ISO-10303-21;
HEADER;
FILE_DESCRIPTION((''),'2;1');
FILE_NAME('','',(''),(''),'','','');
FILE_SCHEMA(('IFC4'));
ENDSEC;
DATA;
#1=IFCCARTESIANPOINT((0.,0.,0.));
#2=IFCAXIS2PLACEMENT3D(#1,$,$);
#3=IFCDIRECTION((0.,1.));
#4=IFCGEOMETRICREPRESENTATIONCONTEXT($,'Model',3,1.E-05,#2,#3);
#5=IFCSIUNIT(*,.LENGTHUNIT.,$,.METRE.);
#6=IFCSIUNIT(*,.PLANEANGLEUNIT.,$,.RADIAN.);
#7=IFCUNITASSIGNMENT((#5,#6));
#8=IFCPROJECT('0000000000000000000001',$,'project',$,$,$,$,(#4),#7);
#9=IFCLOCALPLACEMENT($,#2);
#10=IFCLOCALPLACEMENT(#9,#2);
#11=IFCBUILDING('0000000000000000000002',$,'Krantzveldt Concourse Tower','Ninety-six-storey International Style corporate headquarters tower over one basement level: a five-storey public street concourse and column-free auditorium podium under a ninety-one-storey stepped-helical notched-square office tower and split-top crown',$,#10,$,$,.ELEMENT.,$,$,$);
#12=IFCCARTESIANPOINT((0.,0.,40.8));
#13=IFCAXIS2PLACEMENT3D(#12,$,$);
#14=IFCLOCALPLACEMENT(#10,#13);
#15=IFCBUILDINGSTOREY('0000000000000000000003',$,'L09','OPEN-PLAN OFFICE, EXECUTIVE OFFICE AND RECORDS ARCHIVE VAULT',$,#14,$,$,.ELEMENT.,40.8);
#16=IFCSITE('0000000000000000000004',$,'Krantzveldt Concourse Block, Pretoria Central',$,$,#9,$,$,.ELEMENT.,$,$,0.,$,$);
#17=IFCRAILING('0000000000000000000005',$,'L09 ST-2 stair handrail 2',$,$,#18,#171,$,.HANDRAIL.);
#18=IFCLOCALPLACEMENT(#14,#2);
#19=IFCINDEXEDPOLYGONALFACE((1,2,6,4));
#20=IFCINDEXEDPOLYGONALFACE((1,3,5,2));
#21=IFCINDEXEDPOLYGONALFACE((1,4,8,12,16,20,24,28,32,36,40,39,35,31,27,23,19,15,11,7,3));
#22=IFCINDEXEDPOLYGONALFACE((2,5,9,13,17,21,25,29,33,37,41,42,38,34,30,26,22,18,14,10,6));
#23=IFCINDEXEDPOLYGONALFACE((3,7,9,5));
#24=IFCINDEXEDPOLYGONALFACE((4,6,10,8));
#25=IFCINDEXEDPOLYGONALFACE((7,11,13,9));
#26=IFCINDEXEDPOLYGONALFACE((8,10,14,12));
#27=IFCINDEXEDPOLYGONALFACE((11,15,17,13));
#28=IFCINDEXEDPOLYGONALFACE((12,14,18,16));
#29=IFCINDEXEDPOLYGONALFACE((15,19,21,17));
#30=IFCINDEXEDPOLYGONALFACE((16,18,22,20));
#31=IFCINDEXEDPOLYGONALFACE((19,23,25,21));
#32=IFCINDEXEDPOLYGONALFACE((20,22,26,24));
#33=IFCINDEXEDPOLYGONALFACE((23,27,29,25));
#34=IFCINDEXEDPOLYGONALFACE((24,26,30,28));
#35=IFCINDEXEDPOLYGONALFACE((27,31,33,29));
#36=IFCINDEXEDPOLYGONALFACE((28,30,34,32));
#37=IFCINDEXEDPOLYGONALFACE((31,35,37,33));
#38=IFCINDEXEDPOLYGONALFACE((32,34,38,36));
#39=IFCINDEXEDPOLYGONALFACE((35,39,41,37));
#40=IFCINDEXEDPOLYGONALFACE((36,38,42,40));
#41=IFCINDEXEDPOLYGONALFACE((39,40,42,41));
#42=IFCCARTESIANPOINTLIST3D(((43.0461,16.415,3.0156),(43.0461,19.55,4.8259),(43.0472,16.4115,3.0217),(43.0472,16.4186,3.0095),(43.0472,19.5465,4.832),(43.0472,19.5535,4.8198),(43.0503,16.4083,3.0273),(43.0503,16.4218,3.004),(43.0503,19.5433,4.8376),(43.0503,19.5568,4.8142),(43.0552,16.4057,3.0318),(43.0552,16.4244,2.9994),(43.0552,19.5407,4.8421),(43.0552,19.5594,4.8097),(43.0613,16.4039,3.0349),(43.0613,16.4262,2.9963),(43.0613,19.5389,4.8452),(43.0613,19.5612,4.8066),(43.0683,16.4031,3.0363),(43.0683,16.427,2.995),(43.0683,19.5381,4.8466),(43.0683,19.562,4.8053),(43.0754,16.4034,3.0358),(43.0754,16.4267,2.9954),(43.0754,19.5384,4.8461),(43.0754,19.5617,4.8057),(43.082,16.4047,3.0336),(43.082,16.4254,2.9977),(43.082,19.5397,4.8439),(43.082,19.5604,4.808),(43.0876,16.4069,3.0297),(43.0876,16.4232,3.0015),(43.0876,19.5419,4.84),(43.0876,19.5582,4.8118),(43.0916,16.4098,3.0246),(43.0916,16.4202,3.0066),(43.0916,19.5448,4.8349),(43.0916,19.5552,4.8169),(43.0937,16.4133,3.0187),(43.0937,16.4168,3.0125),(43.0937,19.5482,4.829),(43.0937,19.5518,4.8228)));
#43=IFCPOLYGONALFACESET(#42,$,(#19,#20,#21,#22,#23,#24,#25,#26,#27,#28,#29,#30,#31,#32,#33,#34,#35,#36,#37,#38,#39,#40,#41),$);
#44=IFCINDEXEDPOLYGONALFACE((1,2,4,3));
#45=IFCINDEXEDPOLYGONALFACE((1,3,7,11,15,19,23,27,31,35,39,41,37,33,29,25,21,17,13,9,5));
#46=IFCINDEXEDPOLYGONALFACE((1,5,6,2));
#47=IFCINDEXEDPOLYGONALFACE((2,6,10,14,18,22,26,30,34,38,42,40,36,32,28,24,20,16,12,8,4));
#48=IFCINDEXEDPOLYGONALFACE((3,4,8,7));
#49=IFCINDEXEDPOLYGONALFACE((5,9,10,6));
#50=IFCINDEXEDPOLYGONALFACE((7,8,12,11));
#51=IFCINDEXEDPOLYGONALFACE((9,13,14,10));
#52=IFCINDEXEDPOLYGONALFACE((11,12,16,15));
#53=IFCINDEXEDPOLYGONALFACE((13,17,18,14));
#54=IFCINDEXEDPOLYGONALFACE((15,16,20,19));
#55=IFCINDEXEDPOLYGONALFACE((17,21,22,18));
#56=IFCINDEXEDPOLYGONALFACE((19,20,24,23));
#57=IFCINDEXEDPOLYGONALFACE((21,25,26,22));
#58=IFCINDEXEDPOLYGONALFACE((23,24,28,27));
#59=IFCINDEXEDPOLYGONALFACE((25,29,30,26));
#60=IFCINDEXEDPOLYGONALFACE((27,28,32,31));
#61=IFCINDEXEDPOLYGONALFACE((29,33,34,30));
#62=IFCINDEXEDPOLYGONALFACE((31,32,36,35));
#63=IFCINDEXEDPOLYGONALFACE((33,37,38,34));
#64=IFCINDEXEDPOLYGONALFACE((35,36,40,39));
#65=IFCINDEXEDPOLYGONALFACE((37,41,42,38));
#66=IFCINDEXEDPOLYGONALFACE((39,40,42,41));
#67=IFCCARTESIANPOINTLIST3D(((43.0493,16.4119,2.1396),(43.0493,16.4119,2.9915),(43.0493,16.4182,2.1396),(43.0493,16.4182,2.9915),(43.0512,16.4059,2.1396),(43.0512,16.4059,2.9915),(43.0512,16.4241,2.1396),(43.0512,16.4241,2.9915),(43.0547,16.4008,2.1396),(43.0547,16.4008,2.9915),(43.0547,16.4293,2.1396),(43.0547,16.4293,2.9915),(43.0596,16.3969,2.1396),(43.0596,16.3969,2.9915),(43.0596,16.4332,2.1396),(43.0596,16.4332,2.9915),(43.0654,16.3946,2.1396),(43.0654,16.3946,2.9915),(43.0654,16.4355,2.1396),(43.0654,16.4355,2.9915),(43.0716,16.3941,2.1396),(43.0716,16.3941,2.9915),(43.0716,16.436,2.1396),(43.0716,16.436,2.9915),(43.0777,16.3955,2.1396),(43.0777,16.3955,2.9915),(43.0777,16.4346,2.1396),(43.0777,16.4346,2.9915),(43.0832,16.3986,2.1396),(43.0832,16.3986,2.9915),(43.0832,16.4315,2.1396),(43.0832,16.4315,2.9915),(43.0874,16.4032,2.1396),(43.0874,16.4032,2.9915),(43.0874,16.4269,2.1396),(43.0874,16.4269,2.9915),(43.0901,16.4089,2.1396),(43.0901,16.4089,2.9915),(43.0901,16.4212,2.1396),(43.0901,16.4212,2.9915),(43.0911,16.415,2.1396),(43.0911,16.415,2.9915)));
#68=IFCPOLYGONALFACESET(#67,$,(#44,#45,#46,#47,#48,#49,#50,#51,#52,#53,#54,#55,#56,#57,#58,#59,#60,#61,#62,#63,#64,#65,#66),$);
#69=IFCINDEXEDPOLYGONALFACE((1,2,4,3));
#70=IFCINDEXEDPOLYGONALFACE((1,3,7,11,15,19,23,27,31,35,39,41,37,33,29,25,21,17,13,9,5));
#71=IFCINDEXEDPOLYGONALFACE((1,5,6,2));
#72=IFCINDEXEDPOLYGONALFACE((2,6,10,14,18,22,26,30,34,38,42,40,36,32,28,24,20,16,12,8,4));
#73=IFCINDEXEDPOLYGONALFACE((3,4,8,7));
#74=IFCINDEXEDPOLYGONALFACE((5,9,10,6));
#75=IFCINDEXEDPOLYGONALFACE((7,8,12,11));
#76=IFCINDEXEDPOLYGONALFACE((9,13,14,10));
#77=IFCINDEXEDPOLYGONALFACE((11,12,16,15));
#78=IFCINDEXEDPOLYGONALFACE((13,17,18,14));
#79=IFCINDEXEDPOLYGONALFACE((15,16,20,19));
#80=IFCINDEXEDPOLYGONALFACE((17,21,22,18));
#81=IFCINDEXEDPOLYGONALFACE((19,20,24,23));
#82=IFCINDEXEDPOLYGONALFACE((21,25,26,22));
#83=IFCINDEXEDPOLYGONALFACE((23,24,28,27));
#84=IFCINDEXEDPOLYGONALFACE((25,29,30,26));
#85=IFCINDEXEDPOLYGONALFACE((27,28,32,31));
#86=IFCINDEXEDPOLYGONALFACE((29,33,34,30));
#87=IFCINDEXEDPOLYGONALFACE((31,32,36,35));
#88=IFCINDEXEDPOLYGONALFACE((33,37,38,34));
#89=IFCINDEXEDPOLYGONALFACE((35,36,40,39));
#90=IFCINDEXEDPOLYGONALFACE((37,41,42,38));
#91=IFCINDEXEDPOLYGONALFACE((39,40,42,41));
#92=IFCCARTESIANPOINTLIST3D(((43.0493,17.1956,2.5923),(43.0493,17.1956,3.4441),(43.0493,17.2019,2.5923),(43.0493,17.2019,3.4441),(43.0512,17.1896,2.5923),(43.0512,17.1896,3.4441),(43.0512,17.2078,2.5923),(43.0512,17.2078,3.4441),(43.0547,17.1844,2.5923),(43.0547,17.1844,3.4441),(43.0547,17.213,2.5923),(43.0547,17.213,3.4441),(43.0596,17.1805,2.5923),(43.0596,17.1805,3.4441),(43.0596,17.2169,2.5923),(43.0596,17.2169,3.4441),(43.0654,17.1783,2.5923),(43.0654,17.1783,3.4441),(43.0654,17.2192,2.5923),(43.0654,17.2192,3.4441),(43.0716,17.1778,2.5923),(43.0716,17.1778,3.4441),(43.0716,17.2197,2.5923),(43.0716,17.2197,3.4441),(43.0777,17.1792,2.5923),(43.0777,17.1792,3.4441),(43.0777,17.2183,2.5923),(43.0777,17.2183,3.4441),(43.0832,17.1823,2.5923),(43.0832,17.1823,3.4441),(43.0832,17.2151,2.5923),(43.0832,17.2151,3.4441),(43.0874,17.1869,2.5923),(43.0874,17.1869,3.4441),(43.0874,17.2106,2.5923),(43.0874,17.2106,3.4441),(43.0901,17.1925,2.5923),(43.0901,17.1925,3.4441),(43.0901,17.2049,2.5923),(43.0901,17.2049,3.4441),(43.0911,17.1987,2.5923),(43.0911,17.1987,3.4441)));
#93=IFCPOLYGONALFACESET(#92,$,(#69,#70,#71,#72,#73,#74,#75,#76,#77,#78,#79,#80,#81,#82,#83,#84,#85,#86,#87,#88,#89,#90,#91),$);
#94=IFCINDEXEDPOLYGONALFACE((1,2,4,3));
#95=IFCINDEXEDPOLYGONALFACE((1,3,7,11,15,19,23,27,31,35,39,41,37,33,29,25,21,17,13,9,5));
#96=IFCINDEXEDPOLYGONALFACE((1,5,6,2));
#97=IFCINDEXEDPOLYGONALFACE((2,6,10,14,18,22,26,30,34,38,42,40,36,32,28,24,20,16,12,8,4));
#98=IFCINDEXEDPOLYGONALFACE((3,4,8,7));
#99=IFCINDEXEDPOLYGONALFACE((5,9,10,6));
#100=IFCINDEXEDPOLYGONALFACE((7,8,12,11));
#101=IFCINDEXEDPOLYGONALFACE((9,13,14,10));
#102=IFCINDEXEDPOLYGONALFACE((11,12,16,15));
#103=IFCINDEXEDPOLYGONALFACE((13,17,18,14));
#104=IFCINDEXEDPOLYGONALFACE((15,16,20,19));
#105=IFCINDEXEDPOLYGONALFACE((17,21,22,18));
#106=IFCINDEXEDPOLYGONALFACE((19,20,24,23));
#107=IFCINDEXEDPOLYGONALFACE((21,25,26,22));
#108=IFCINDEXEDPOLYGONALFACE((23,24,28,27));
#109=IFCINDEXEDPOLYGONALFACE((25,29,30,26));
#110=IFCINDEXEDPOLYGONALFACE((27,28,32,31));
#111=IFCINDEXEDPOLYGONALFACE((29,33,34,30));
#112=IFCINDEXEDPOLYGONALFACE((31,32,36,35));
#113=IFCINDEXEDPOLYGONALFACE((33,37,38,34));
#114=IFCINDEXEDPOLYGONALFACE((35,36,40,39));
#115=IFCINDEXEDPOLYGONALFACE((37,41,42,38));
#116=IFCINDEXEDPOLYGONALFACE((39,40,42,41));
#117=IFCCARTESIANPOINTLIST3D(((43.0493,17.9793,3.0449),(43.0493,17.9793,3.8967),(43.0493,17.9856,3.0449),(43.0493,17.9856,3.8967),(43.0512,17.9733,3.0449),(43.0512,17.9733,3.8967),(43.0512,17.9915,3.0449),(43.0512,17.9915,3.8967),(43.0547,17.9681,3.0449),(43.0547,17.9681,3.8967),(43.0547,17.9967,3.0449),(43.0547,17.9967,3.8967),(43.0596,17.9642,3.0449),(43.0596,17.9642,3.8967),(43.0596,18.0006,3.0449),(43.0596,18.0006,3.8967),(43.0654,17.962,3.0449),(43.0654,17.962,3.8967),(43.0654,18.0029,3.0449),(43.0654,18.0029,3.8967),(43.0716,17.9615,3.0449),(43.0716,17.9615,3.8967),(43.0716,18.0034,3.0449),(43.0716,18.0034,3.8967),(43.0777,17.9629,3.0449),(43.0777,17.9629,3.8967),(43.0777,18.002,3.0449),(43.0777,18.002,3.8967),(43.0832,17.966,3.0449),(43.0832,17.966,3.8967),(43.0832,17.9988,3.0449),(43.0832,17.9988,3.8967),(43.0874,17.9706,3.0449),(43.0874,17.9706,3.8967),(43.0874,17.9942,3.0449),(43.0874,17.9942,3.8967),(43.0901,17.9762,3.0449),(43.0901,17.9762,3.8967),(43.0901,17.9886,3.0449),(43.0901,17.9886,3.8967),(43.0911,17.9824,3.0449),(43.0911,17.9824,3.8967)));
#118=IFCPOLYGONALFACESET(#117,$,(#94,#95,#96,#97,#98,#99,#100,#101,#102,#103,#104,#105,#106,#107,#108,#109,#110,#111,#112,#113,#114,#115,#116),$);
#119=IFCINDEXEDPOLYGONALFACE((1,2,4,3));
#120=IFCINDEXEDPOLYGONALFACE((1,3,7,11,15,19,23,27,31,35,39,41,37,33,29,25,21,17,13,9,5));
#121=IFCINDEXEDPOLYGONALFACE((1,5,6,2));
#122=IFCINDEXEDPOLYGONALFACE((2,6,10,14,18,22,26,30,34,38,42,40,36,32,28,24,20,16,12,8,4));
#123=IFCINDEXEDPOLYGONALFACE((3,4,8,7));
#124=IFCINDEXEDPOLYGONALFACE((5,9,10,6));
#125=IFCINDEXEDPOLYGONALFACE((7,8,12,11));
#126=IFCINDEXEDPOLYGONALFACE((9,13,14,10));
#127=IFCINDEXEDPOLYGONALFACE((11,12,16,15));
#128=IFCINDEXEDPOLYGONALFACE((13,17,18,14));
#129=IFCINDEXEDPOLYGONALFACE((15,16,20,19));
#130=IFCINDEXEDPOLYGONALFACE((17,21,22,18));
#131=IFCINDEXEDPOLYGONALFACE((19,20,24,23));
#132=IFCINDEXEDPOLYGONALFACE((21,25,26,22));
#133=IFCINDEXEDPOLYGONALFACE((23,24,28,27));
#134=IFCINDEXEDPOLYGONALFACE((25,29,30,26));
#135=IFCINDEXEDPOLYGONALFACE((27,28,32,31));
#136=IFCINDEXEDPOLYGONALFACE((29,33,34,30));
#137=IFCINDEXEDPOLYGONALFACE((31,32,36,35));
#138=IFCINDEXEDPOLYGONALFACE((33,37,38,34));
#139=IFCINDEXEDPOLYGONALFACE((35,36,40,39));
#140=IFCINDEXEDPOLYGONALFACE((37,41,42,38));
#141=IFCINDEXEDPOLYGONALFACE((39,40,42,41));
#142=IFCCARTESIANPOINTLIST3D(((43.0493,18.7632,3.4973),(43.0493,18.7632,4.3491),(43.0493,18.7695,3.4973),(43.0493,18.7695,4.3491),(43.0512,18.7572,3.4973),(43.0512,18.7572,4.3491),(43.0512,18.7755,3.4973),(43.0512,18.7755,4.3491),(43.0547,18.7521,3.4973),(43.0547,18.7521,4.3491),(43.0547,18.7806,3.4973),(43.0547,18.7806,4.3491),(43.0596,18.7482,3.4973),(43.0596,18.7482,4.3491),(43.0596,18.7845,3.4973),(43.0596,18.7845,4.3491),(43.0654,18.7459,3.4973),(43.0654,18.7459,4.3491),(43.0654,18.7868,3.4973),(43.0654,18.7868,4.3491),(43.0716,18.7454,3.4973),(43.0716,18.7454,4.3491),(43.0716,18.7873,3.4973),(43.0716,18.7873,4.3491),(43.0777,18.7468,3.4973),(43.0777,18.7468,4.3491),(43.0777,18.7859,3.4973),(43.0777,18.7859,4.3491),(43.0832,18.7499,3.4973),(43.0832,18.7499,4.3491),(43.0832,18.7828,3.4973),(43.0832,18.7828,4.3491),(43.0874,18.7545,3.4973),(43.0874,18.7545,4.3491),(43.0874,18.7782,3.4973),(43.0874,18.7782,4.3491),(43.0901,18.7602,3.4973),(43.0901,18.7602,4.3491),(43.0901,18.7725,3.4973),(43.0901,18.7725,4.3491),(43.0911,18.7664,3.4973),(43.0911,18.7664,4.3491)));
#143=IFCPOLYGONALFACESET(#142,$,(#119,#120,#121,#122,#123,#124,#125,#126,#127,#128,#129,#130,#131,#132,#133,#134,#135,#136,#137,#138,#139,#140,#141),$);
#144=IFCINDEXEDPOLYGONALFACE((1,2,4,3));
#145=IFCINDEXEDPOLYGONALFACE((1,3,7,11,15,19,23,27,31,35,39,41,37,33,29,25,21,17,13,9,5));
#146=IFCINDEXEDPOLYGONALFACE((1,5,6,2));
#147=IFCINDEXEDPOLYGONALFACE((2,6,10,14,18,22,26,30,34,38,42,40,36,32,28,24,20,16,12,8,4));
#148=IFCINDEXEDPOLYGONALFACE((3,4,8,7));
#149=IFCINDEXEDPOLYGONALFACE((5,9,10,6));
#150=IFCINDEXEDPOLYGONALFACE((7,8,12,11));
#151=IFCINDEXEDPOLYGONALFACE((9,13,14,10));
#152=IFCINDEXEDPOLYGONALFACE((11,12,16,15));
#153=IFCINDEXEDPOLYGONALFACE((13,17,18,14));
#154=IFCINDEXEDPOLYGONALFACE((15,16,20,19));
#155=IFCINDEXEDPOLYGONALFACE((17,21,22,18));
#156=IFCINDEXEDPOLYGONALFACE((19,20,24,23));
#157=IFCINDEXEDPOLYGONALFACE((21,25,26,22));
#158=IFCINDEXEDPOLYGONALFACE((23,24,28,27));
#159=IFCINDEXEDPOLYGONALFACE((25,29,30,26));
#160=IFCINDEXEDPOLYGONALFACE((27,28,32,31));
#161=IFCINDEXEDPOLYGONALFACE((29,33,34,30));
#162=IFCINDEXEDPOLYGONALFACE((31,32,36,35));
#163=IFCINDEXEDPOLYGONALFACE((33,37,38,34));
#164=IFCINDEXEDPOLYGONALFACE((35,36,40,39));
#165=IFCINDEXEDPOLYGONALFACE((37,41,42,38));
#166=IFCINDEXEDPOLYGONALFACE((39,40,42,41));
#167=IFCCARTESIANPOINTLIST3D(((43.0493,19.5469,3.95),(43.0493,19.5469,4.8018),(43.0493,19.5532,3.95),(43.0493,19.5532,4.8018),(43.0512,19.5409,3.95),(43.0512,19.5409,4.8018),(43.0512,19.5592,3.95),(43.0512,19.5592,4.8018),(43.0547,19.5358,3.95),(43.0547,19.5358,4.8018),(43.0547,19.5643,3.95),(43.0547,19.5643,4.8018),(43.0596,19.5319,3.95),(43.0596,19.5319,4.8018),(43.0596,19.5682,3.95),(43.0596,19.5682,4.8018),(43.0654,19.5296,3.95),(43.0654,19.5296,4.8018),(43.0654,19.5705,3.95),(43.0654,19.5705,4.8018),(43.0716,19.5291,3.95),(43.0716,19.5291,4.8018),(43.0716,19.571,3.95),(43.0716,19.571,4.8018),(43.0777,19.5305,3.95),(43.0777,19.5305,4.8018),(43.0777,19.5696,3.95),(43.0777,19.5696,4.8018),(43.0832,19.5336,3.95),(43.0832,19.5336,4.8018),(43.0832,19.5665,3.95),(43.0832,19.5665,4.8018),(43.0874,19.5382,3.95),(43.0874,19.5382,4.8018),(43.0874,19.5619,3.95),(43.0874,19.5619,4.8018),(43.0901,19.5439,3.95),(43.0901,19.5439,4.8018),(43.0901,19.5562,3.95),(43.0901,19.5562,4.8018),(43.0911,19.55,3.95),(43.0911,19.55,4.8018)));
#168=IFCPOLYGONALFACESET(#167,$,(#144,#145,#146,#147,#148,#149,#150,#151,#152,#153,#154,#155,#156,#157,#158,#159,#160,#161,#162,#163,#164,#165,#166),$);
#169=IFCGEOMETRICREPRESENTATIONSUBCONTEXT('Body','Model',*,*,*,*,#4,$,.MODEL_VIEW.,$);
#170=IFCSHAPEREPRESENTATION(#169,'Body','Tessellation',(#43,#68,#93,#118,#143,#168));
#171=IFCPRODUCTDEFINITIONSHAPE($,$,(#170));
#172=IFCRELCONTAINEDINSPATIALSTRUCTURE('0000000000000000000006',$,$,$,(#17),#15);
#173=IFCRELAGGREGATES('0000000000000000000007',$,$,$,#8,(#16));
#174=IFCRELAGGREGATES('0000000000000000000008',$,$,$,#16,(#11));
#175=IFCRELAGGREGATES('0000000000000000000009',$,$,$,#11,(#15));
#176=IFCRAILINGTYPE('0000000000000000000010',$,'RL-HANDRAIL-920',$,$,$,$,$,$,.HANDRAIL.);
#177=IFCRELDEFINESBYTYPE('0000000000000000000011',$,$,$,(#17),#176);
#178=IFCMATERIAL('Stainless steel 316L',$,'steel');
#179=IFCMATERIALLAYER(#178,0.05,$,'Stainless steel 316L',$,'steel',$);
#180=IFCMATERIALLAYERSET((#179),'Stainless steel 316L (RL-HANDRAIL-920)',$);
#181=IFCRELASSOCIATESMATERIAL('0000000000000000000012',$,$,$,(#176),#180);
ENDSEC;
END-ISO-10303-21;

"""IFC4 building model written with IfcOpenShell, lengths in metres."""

from ifc_helpers import new_model, si_unit, direction, frame, origin, origin_2d, place, context, subcontext, project, spatial, circle, extrude, material, layer, layer_set, type_object, element, save


model = new_model("IFC4")

# Units and contexts
model_context = context("Model", 3, precision=1e-05, world=origin(), true_north=direction((0.0, 1.0)))
body_context = subcontext(model_context, "Body", "Model", "MODEL_VIEW")
ifc_project = project(units=[si_unit("LENGTHUNIT", "METRE"), si_unit("PLANEANGLEUNIT", "RADIAN")], contexts=[model_context])

# Site, building, storey
site_placement = place(None, origin())
site = spatial("IfcSite", under=ifc_project, at=site_placement, Name="Krantzveldt Concourse Block, Pretoria Central", CompositionType="ELEMENT", RefElevation=0.0)
building_placement = place(site_placement, origin())
building = spatial("IfcBuilding", under=site, at=building_placement, Name="Krantzveldt Concourse Tower", Description="Ninety-six-storey International Style corporate headquarters tower over one basement level: a five-storey public street concourse and column-free auditorium podium under a ninety-one-storey stepped-helical notched-square office tower and split-top crown", CompositionType="ELEMENT")
storey_placement = place(building_placement, frame((0.0, 0.0, 40.8)))
storey = spatial("IfcBuildingStorey", under=building, at=storey_placement, Name="L09", Description="OPEN-PLAN OFFICE, EXECUTIVE OFFICE AND RECORDS ARCHIVE VAULT", CompositionType="ELEMENT", Elevation=40.8)

# Shared definitions
ifc_material_1 = material(Name="Stainless steel 316L", Category="steel")

# Railing
ifc_layer_1 = layer(ifc_material_1, 0.05, Name="Stainless steel 316L", Category="steel")
ifc_layer_set_1 = layer_set([ifc_layer_1], Name="Stainless steel 316L (RL-HANDRAIL-920)")
railing_type_1 = type_object("IfcRailingType", Name="RL-HANDRAIL-920", PredefinedType="HANDRAIL", material=ifc_layer_set_1)
railing_1_placement = place(storey_placement, frame((43.0701, 16.415, 2.1396)))
element("IfcRailing", 1, at=railing_1_placement, inside=storey, type_object=railing_type_1, Name="L09 ST-2 stair handrail 2", PredefinedType="HANDRAIL", context=body_context, shape_type="SweptSolid", body=[
    extrude(circle(Radius=0.0239, at=origin_2d()), frame((0.0, 0.0, 0.876), z_axis=(0.0, 0.865989, 0.500063), x_axis=(-1.0, 0.0, 0.0)), (0.0, 0.0, 1.0), 3.6201),
    extrude(circle(Radius=0.021, at=origin_2d()), origin(), (0.0, 0.0, 1.0), 0.8518),
    extrude(circle(Radius=0.021, at=origin_2d()), frame((0.0, 0.7837, 0.4526)), (0.0, 0.0, 1.0), 0.8518),
    extrude(circle(Radius=0.021, at=origin_2d()), frame((0.0, 1.5674, 0.9053)), (0.0, 0.0, 1.0), 0.8518),
    extrude(circle(Radius=0.021, at=origin_2d()), frame((0.0, 2.3513, 1.3577)), (0.0, 0.0, 1.0), 0.8518),
    extrude(circle(Radius=0.021, at=origin_2d()), frame((0.0, 3.135, 1.8103)), (0.0, 0.0, 1.0), 0.8518),
])

save(model, "model.ifc")
